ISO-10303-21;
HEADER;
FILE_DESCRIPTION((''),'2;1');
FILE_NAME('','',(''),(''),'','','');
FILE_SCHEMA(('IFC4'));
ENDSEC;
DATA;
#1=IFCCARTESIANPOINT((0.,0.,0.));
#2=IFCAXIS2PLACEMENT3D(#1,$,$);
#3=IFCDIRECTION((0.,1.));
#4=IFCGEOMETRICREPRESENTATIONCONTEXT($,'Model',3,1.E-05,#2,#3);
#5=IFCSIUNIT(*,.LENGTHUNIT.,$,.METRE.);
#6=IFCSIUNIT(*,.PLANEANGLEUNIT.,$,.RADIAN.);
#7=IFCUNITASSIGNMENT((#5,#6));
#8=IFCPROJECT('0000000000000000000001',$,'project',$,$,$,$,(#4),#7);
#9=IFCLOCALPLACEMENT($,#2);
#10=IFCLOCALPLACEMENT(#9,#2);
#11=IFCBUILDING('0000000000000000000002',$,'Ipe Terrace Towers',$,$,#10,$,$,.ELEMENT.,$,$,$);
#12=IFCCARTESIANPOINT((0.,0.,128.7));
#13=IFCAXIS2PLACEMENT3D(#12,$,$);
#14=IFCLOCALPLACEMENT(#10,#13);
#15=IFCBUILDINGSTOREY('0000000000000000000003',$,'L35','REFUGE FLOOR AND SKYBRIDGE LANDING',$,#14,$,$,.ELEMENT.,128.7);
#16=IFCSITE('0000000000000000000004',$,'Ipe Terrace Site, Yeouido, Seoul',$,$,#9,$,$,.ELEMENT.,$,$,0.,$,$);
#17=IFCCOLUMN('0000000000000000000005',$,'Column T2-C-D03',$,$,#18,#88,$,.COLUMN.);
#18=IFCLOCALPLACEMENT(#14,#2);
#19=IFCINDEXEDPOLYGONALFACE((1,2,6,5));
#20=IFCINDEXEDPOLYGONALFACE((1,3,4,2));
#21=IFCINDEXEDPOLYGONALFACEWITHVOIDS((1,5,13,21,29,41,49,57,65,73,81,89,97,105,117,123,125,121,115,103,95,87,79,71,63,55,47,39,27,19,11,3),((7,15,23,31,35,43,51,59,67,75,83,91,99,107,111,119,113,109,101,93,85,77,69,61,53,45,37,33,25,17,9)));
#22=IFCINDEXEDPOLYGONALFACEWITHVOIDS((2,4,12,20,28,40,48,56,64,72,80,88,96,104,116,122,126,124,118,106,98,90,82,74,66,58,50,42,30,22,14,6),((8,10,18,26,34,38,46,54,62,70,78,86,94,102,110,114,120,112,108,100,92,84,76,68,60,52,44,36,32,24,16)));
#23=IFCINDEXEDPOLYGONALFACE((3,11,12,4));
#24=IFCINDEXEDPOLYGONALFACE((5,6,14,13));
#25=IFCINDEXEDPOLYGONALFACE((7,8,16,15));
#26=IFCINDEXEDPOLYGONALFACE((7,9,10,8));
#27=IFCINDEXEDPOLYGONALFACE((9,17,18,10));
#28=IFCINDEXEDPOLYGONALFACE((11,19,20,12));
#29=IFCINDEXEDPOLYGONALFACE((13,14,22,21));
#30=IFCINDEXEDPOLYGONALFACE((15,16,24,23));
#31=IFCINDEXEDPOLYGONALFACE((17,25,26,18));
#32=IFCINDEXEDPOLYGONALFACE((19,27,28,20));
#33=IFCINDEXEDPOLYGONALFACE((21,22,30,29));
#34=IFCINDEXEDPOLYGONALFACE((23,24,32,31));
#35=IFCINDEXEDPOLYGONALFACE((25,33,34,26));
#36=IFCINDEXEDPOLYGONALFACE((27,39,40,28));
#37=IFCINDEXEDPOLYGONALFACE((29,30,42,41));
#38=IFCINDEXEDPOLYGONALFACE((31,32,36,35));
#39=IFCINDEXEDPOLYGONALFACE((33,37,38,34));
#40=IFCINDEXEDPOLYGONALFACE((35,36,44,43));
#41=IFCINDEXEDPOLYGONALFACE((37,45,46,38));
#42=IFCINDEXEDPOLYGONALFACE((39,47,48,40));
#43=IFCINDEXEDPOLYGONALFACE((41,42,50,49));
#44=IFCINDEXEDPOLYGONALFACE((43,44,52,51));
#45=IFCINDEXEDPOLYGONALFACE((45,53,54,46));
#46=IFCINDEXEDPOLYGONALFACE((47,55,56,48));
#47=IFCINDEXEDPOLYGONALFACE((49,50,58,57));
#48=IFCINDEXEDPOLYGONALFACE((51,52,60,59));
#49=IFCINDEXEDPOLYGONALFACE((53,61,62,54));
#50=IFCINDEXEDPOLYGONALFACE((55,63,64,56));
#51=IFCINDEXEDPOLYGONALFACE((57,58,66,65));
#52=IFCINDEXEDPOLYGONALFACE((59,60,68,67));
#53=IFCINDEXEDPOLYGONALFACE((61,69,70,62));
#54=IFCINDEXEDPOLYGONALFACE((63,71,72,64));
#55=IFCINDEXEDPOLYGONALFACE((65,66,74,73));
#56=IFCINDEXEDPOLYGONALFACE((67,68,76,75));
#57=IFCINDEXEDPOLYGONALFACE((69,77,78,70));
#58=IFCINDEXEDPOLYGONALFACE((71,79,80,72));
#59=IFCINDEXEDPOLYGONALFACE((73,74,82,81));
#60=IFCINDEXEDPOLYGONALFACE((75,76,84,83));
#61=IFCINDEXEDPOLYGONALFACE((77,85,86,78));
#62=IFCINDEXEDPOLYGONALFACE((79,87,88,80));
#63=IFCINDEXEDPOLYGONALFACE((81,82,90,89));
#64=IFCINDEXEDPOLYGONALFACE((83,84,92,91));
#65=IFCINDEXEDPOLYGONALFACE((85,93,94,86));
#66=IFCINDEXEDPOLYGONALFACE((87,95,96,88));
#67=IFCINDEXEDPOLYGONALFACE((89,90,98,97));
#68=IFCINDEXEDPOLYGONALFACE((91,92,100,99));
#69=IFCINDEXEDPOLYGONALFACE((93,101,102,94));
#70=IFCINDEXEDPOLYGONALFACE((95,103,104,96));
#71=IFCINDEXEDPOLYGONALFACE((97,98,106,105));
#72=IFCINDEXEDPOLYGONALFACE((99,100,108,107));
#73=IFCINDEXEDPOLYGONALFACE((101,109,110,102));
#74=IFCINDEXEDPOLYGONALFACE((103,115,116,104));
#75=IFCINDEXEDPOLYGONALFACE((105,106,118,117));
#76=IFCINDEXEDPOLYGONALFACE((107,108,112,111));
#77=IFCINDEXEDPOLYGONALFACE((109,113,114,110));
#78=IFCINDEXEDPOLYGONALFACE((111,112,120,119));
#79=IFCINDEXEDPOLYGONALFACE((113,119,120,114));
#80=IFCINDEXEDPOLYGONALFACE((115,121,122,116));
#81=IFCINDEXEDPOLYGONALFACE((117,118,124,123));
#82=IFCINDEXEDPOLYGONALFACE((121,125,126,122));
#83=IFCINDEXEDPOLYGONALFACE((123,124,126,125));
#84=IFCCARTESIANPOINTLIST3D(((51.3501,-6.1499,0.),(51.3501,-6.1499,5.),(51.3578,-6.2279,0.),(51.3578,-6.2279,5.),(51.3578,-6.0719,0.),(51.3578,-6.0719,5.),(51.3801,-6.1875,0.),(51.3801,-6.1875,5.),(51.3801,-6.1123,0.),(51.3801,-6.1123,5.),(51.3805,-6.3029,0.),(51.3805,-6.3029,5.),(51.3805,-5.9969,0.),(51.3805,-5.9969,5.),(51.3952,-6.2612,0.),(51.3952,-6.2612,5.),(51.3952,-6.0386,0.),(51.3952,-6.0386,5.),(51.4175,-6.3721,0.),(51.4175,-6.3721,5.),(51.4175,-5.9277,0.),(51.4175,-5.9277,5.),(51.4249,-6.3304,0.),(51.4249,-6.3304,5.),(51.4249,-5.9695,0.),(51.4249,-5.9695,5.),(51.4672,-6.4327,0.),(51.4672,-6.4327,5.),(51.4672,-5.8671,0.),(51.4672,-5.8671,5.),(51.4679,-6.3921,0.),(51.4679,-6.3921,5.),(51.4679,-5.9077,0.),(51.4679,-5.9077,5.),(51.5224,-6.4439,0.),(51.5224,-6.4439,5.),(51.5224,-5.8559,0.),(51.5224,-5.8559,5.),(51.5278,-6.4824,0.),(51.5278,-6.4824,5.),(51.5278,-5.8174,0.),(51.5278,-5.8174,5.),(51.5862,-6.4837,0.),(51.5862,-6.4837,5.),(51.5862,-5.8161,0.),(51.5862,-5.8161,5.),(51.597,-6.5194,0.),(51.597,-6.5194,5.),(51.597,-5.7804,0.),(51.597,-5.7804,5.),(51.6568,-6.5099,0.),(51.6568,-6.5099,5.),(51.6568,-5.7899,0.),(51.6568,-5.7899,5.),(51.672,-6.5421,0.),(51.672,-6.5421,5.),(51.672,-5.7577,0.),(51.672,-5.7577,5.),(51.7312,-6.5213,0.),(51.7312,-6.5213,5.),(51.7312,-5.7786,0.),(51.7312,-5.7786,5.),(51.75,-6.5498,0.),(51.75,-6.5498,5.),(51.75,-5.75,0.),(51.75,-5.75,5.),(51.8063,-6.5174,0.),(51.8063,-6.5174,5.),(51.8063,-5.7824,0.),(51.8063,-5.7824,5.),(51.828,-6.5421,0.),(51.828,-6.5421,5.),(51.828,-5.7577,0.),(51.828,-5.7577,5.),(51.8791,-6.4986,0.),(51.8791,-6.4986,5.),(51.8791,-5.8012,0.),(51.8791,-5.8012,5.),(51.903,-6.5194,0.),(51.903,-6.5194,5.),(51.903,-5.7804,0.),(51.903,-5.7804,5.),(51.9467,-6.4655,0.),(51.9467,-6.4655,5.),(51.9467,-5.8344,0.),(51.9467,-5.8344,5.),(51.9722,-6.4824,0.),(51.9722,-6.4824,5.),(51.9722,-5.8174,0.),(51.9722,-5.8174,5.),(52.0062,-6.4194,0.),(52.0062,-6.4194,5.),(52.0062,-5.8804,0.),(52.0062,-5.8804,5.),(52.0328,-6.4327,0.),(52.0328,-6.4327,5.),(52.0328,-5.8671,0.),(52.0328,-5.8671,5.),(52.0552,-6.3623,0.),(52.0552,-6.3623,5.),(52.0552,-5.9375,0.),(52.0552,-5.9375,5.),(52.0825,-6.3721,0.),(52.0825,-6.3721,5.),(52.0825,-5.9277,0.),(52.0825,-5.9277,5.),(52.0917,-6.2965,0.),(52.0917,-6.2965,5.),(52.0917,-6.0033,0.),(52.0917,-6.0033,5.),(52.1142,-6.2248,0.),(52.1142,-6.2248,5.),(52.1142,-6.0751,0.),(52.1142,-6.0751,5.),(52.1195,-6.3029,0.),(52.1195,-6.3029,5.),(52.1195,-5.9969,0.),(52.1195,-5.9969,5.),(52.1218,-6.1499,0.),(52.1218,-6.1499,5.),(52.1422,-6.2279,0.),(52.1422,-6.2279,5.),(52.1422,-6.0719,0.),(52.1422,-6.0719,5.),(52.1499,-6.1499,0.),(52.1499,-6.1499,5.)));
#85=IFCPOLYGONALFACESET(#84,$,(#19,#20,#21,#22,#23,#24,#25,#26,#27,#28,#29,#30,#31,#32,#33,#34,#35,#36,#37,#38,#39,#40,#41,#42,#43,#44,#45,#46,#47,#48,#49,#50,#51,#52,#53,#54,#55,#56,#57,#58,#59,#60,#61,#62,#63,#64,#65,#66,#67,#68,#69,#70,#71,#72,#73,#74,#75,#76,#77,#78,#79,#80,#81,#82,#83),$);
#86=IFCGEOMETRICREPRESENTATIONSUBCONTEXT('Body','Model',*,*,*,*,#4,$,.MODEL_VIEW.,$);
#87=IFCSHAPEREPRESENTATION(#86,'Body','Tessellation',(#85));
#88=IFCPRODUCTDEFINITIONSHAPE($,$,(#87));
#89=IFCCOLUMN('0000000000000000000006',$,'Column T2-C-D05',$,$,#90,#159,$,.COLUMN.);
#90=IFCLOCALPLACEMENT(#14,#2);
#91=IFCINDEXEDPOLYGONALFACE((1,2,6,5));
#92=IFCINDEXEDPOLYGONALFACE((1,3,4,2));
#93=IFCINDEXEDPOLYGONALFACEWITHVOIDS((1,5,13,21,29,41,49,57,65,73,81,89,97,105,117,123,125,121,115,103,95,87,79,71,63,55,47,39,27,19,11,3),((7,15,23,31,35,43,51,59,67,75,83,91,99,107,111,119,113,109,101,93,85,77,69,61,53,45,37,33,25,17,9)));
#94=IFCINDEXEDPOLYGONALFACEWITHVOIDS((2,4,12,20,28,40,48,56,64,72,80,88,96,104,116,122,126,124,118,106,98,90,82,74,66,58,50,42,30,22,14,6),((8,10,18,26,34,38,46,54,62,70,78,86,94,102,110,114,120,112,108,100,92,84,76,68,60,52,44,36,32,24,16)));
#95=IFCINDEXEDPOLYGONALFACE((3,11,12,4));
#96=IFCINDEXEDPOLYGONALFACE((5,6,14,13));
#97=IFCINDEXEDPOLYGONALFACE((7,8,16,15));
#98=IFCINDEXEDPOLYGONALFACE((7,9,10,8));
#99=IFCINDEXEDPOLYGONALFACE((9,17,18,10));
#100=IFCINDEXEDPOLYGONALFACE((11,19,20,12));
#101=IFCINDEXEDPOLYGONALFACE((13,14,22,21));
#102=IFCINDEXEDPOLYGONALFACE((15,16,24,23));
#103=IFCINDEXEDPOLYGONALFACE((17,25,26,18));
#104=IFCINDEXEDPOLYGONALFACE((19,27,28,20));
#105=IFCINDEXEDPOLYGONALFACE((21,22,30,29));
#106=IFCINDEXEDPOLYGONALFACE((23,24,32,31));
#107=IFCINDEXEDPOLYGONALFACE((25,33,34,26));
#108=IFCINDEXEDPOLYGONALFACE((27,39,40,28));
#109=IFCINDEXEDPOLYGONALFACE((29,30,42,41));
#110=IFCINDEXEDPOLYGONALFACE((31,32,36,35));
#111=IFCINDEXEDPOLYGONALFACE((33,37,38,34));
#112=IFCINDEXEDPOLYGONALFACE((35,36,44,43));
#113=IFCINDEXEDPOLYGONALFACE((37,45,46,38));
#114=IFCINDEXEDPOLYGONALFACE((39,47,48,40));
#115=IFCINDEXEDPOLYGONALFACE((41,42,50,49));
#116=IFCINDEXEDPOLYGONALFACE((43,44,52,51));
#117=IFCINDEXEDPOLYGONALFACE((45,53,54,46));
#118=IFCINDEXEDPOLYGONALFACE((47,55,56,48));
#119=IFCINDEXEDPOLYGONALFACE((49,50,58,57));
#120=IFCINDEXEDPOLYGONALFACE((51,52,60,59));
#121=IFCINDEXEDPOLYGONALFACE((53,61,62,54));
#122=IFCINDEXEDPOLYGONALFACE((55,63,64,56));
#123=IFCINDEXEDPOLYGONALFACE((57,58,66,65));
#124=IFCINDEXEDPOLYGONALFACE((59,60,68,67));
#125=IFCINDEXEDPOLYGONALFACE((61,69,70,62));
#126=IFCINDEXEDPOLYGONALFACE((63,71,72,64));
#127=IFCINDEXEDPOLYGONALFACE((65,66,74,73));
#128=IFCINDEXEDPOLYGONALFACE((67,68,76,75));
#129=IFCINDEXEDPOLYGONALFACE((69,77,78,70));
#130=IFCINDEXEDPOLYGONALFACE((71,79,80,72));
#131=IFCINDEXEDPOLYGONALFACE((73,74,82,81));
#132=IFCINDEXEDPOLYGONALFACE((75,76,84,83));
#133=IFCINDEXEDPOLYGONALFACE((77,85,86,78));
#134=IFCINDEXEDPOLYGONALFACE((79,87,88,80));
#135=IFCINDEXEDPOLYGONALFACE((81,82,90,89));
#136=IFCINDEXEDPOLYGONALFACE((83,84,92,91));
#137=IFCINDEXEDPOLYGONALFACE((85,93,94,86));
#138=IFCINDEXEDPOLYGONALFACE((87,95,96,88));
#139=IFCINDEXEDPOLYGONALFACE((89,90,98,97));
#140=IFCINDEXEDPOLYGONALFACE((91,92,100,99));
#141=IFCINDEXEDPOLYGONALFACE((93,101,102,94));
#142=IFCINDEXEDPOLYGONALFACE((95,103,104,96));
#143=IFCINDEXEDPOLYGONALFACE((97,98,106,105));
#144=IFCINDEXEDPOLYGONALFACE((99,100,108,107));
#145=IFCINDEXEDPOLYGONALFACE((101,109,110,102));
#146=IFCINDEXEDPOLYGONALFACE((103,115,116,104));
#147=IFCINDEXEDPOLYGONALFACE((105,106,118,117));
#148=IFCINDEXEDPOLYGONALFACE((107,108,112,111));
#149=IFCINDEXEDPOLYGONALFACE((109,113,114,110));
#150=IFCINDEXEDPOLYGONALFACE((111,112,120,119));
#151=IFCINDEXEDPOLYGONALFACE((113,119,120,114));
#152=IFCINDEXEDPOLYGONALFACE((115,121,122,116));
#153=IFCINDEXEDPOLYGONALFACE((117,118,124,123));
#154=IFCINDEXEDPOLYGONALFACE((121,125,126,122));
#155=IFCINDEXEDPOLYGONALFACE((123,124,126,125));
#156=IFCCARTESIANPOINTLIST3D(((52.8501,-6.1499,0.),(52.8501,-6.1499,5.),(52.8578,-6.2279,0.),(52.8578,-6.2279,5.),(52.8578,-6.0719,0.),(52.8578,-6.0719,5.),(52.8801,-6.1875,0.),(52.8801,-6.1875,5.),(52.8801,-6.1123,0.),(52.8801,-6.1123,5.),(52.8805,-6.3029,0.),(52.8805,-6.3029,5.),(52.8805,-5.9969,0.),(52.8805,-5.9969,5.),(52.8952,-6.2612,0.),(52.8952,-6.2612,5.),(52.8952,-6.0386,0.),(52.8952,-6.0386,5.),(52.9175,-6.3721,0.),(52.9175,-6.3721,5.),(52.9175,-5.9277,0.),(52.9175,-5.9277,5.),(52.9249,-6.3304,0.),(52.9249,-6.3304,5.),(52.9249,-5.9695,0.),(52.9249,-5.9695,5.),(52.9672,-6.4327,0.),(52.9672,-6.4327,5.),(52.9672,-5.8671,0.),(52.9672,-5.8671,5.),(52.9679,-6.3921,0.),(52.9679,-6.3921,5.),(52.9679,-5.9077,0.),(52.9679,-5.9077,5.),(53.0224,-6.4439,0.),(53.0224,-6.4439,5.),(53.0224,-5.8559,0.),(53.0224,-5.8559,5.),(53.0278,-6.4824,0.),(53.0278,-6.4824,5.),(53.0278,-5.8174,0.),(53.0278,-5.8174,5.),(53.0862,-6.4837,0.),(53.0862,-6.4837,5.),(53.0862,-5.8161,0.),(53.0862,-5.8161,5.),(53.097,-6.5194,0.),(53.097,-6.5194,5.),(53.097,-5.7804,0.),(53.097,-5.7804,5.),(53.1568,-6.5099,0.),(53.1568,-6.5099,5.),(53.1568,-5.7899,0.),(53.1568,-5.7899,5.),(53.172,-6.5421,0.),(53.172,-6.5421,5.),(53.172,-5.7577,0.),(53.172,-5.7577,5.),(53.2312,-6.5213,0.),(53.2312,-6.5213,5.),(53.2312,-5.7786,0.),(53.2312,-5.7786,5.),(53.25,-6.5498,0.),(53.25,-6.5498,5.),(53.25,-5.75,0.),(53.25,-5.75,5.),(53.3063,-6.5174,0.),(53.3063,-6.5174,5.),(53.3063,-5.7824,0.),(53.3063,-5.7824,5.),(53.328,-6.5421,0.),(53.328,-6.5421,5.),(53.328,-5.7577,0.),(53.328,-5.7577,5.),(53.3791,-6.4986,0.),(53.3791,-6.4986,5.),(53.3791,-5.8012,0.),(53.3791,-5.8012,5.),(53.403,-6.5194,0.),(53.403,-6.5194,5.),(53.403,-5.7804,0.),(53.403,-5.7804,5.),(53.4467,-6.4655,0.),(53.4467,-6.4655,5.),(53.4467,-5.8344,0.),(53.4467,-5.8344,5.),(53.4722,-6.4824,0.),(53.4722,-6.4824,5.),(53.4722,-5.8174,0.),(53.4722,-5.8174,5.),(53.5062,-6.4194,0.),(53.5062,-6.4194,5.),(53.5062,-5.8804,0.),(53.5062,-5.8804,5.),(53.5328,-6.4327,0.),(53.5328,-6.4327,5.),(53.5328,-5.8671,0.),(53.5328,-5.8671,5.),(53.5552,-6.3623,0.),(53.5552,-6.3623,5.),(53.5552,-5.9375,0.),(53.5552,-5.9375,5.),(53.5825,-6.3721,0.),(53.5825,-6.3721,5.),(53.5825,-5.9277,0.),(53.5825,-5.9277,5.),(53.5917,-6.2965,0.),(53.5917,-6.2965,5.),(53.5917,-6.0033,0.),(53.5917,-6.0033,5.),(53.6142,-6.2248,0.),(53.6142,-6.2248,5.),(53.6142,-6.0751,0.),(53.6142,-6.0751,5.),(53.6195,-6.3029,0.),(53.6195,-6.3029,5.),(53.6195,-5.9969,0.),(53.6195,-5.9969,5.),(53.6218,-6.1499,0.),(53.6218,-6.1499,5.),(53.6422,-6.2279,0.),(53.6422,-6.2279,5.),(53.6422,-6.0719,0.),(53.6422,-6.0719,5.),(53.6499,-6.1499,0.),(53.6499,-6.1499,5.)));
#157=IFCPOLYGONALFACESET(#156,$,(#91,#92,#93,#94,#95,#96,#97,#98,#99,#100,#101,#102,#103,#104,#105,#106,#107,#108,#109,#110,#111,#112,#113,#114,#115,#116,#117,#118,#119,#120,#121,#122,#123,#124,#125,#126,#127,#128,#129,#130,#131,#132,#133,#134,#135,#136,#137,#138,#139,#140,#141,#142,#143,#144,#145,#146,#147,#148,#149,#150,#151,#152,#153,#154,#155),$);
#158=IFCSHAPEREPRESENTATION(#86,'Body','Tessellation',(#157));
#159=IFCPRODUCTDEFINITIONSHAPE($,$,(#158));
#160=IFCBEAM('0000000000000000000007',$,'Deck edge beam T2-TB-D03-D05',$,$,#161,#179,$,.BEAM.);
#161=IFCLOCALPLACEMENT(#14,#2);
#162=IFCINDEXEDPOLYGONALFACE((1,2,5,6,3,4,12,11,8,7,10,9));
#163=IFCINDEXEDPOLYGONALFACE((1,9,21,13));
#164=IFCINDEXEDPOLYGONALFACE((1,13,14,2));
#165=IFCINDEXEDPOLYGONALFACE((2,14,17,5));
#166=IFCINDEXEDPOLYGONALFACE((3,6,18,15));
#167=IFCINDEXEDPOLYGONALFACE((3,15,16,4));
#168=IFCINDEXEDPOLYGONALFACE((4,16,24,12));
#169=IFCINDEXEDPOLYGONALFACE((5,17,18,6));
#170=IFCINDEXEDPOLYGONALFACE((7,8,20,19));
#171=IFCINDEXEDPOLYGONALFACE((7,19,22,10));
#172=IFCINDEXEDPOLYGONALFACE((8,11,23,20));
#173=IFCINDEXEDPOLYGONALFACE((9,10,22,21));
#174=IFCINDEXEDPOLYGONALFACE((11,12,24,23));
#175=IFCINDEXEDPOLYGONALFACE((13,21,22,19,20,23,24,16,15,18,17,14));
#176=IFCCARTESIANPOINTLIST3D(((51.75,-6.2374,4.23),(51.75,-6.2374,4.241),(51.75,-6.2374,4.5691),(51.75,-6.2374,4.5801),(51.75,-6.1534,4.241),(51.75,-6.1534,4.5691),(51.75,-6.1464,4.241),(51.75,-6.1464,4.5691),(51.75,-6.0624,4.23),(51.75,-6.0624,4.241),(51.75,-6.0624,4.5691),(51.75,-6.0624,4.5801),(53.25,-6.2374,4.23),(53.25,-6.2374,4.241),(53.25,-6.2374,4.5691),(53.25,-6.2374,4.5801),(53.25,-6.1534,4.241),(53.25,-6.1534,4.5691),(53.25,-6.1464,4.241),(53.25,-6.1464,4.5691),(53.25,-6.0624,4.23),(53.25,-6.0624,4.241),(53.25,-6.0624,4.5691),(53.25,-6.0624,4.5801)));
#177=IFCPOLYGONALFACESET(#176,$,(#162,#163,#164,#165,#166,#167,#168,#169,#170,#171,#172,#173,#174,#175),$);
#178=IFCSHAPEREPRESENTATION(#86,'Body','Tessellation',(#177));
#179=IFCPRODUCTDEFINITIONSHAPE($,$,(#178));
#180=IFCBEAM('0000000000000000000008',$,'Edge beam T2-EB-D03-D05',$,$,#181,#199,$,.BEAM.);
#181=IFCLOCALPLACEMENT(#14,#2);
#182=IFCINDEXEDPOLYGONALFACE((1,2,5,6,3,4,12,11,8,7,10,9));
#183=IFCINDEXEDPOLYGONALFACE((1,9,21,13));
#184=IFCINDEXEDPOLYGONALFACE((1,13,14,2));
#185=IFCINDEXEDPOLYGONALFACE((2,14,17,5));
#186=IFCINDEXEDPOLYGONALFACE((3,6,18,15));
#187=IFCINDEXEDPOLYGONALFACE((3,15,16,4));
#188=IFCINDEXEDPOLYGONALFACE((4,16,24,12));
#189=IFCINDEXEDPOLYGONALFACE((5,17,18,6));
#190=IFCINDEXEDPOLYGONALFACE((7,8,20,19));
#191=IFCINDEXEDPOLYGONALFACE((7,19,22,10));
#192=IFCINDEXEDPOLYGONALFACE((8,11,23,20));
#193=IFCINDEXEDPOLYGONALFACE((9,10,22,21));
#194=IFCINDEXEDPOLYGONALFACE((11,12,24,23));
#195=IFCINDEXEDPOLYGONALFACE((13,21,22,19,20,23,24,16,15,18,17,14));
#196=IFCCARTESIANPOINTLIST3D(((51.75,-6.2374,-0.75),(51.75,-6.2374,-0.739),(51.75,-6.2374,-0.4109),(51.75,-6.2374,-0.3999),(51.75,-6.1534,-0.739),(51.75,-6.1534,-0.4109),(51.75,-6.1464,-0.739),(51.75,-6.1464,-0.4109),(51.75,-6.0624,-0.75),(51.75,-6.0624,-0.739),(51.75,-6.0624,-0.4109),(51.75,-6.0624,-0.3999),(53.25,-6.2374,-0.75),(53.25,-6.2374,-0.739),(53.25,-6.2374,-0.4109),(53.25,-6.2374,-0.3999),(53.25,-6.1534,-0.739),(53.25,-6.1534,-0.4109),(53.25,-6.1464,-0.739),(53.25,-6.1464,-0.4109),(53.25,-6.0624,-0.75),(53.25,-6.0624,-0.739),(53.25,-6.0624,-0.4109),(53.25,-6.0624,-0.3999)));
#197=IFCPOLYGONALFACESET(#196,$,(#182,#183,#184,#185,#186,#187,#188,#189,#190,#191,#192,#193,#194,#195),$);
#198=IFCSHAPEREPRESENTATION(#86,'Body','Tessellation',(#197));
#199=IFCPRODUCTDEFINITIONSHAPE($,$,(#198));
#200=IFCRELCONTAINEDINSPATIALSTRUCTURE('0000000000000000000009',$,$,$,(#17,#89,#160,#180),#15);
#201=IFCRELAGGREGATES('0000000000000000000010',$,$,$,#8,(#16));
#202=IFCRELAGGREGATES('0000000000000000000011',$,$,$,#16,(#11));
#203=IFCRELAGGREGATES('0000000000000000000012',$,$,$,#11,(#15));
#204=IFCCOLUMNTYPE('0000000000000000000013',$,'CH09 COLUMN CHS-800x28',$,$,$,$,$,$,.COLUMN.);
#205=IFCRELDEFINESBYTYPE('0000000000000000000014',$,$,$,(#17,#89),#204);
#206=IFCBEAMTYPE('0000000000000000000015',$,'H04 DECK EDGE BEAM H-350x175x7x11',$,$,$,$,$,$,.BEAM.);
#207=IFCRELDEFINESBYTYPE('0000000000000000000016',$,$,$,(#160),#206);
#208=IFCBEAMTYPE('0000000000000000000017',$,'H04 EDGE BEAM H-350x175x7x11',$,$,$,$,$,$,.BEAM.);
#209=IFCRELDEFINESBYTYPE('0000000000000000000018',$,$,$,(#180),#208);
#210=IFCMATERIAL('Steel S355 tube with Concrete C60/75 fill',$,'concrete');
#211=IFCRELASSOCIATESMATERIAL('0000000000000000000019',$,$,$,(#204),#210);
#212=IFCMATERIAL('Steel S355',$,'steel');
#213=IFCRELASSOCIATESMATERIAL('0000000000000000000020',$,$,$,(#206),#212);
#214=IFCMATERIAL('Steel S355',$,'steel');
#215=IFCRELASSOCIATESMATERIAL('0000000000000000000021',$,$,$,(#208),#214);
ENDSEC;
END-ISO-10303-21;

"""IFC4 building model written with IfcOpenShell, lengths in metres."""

from ifc_helpers import new_model, si_unit, direction, frame, origin, origin_2d, place, context, subcontext, project, spatial, hollow_circle, i_section, extrude, material, material_profile, profile_set, type_object, element, save


model = new_model("IFC4")

# Units and contexts
model_context = context("Model", 3, precision=1e-05, world=origin(), true_north=direction((0.0, 1.0)))
body_context = subcontext(model_context, "Body", "Model", "MODEL_VIEW")
ifc_project = project(units=[si_unit("LENGTHUNIT", "METRE"), si_unit("PLANEANGLEUNIT", "RADIAN")], contexts=[model_context])

# Site, building, storey
site_placement = place(None, origin())
site = spatial("IfcSite", under=ifc_project, at=site_placement, Name="Ipe Terrace Site, Yeouido, Seoul", CompositionType="ELEMENT", RefElevation=0.0)
building_placement = place(site_placement, origin())
building = spatial("IfcBuilding", under=site, at=building_placement, Name="Ipe Terrace Towers", CompositionType="ELEMENT")
storey_placement = place(building_placement, frame((0.0, 0.0, 128.7)))
storey = spatial("IfcBuildingStorey", under=building, at=storey_placement, Name="L35", Description="REFUGE FLOOR AND SKYBRIDGE LANDING", CompositionType="ELEMENT", Elevation=128.7)

# Columns
ifc_material_1 = material(Name="Steel S355 tube with Concrete C60/75 fill", Category="concrete")
ifc_material_profile_1 = material_profile(ifc_material_1, hollow_circle(Radius=0.3999, WallThickness=0.0281, at=origin_2d()), Name="CHS-800x28")
ifc_profile_set_1 = profile_set([ifc_material_profile_1], Name="Steel S355 tube with Concrete C60/75 fill")
column_type = type_object("IfcColumnType", Name="CH09 COLUMN CHS-800x28", PredefinedType="COLUMN", material=ifc_profile_set_1)
for number, where, z_axis, x_axis, name in (
    (1, (51.75, -6.1499, 0.0), (0.0, 0.0, 1.0), (1.0, 0.0, 0.0), "Column T2-C-D03"),
    (2, (53.25, -6.1499, 0.0), (0.0, 0.0, 1.0), (1.0, 0.0, 0.0), "Column T2-C-D05"),
):
    element("IfcColumn", number, at=place(storey_placement, frame(where, z_axis=z_axis, x_axis=x_axis)), inside=storey, type_object=column_type, Name=name, PredefinedType="COLUMN", context=body_context, shape_type="SweptSolid", body=[
        extrude(hollow_circle(Radius=0.3999, WallThickness=0.0281, at=origin_2d()), origin(), (0.0, 0.0, 1.0), 5.0),
    ])

# Beams
ifc_material_2 = material(Name="Steel S355", Category="steel")
ifc_material_profile_2 = material_profile(ifc_material_2, i_section(OverallWidth=0.175, OverallDepth=0.3501, WebThickness=0.0071, FlangeThickness=0.011, at=origin_2d()), Name="H-350x175x7x11")
ifc_profile_set_2 = profile_set([ifc_material_profile_2], Name="Steel S355")
beam_type_1 = type_object("IfcBeamType", Name="H04 DECK EDGE BEAM H-350x175x7x11", PredefinedType="BEAM", material=ifc_profile_set_2)
beam_1_placement = place(storey_placement, frame((51.75, -6.1499, 4.405), z_axis=(1.0, 0.0, 0.0), x_axis=(0.0, 1.0, 0.0)))
element("IfcBeam", 3, at=beam_1_placement, inside=storey, type_object=beam_type_1, Name="Deck edge beam T2-TB-D03-D05", PredefinedType="BEAM", context=body_context, shape_type="SweptSolid", body=[
    extrude(i_section(OverallWidth=0.175, OverallDepth=0.3501, WebThickness=0.0071, FlangeThickness=0.011, at=origin_2d()), origin(), (0.0, 0.0, 1.0), 1.5),
])
ifc_material_3 = material(Name="Steel S355", Category="steel")
ifc_material_profile_3 = material_profile(ifc_material_3, i_section(OverallWidth=0.175, OverallDepth=0.3501, WebThickness=0.0071, FlangeThickness=0.011, at=origin_2d()), Name="H-350x175x7x11")
ifc_profile_set_3 = profile_set([ifc_material_profile_3], Name="Steel S355")
beam_type_2 = type_object("IfcBeamType", Name="H04 EDGE BEAM H-350x175x7x11", PredefinedType="BEAM", material=ifc_profile_set_3)
beam_2_placement = place(storey_placement, frame((51.75, -6.1499, -0.575), z_axis=(1.0, 0.0, 0.0), x_axis=(0.0, 1.0, 0.0)))
element("IfcBeam", 4, at=beam_2_placement, inside=storey, type_object=beam_type_2, Name="Edge beam T2-EB-D03-D05", PredefinedType="BEAM", context=body_context, shape_type="SweptSolid", body=[
    extrude(i_section(OverallWidth=0.175, OverallDepth=0.3501, WebThickness=0.0071, FlangeThickness=0.011, at=origin_2d()), origin(), (0.0, 0.0, 1.0), 1.5),
])

save(model, "model.ifc")
